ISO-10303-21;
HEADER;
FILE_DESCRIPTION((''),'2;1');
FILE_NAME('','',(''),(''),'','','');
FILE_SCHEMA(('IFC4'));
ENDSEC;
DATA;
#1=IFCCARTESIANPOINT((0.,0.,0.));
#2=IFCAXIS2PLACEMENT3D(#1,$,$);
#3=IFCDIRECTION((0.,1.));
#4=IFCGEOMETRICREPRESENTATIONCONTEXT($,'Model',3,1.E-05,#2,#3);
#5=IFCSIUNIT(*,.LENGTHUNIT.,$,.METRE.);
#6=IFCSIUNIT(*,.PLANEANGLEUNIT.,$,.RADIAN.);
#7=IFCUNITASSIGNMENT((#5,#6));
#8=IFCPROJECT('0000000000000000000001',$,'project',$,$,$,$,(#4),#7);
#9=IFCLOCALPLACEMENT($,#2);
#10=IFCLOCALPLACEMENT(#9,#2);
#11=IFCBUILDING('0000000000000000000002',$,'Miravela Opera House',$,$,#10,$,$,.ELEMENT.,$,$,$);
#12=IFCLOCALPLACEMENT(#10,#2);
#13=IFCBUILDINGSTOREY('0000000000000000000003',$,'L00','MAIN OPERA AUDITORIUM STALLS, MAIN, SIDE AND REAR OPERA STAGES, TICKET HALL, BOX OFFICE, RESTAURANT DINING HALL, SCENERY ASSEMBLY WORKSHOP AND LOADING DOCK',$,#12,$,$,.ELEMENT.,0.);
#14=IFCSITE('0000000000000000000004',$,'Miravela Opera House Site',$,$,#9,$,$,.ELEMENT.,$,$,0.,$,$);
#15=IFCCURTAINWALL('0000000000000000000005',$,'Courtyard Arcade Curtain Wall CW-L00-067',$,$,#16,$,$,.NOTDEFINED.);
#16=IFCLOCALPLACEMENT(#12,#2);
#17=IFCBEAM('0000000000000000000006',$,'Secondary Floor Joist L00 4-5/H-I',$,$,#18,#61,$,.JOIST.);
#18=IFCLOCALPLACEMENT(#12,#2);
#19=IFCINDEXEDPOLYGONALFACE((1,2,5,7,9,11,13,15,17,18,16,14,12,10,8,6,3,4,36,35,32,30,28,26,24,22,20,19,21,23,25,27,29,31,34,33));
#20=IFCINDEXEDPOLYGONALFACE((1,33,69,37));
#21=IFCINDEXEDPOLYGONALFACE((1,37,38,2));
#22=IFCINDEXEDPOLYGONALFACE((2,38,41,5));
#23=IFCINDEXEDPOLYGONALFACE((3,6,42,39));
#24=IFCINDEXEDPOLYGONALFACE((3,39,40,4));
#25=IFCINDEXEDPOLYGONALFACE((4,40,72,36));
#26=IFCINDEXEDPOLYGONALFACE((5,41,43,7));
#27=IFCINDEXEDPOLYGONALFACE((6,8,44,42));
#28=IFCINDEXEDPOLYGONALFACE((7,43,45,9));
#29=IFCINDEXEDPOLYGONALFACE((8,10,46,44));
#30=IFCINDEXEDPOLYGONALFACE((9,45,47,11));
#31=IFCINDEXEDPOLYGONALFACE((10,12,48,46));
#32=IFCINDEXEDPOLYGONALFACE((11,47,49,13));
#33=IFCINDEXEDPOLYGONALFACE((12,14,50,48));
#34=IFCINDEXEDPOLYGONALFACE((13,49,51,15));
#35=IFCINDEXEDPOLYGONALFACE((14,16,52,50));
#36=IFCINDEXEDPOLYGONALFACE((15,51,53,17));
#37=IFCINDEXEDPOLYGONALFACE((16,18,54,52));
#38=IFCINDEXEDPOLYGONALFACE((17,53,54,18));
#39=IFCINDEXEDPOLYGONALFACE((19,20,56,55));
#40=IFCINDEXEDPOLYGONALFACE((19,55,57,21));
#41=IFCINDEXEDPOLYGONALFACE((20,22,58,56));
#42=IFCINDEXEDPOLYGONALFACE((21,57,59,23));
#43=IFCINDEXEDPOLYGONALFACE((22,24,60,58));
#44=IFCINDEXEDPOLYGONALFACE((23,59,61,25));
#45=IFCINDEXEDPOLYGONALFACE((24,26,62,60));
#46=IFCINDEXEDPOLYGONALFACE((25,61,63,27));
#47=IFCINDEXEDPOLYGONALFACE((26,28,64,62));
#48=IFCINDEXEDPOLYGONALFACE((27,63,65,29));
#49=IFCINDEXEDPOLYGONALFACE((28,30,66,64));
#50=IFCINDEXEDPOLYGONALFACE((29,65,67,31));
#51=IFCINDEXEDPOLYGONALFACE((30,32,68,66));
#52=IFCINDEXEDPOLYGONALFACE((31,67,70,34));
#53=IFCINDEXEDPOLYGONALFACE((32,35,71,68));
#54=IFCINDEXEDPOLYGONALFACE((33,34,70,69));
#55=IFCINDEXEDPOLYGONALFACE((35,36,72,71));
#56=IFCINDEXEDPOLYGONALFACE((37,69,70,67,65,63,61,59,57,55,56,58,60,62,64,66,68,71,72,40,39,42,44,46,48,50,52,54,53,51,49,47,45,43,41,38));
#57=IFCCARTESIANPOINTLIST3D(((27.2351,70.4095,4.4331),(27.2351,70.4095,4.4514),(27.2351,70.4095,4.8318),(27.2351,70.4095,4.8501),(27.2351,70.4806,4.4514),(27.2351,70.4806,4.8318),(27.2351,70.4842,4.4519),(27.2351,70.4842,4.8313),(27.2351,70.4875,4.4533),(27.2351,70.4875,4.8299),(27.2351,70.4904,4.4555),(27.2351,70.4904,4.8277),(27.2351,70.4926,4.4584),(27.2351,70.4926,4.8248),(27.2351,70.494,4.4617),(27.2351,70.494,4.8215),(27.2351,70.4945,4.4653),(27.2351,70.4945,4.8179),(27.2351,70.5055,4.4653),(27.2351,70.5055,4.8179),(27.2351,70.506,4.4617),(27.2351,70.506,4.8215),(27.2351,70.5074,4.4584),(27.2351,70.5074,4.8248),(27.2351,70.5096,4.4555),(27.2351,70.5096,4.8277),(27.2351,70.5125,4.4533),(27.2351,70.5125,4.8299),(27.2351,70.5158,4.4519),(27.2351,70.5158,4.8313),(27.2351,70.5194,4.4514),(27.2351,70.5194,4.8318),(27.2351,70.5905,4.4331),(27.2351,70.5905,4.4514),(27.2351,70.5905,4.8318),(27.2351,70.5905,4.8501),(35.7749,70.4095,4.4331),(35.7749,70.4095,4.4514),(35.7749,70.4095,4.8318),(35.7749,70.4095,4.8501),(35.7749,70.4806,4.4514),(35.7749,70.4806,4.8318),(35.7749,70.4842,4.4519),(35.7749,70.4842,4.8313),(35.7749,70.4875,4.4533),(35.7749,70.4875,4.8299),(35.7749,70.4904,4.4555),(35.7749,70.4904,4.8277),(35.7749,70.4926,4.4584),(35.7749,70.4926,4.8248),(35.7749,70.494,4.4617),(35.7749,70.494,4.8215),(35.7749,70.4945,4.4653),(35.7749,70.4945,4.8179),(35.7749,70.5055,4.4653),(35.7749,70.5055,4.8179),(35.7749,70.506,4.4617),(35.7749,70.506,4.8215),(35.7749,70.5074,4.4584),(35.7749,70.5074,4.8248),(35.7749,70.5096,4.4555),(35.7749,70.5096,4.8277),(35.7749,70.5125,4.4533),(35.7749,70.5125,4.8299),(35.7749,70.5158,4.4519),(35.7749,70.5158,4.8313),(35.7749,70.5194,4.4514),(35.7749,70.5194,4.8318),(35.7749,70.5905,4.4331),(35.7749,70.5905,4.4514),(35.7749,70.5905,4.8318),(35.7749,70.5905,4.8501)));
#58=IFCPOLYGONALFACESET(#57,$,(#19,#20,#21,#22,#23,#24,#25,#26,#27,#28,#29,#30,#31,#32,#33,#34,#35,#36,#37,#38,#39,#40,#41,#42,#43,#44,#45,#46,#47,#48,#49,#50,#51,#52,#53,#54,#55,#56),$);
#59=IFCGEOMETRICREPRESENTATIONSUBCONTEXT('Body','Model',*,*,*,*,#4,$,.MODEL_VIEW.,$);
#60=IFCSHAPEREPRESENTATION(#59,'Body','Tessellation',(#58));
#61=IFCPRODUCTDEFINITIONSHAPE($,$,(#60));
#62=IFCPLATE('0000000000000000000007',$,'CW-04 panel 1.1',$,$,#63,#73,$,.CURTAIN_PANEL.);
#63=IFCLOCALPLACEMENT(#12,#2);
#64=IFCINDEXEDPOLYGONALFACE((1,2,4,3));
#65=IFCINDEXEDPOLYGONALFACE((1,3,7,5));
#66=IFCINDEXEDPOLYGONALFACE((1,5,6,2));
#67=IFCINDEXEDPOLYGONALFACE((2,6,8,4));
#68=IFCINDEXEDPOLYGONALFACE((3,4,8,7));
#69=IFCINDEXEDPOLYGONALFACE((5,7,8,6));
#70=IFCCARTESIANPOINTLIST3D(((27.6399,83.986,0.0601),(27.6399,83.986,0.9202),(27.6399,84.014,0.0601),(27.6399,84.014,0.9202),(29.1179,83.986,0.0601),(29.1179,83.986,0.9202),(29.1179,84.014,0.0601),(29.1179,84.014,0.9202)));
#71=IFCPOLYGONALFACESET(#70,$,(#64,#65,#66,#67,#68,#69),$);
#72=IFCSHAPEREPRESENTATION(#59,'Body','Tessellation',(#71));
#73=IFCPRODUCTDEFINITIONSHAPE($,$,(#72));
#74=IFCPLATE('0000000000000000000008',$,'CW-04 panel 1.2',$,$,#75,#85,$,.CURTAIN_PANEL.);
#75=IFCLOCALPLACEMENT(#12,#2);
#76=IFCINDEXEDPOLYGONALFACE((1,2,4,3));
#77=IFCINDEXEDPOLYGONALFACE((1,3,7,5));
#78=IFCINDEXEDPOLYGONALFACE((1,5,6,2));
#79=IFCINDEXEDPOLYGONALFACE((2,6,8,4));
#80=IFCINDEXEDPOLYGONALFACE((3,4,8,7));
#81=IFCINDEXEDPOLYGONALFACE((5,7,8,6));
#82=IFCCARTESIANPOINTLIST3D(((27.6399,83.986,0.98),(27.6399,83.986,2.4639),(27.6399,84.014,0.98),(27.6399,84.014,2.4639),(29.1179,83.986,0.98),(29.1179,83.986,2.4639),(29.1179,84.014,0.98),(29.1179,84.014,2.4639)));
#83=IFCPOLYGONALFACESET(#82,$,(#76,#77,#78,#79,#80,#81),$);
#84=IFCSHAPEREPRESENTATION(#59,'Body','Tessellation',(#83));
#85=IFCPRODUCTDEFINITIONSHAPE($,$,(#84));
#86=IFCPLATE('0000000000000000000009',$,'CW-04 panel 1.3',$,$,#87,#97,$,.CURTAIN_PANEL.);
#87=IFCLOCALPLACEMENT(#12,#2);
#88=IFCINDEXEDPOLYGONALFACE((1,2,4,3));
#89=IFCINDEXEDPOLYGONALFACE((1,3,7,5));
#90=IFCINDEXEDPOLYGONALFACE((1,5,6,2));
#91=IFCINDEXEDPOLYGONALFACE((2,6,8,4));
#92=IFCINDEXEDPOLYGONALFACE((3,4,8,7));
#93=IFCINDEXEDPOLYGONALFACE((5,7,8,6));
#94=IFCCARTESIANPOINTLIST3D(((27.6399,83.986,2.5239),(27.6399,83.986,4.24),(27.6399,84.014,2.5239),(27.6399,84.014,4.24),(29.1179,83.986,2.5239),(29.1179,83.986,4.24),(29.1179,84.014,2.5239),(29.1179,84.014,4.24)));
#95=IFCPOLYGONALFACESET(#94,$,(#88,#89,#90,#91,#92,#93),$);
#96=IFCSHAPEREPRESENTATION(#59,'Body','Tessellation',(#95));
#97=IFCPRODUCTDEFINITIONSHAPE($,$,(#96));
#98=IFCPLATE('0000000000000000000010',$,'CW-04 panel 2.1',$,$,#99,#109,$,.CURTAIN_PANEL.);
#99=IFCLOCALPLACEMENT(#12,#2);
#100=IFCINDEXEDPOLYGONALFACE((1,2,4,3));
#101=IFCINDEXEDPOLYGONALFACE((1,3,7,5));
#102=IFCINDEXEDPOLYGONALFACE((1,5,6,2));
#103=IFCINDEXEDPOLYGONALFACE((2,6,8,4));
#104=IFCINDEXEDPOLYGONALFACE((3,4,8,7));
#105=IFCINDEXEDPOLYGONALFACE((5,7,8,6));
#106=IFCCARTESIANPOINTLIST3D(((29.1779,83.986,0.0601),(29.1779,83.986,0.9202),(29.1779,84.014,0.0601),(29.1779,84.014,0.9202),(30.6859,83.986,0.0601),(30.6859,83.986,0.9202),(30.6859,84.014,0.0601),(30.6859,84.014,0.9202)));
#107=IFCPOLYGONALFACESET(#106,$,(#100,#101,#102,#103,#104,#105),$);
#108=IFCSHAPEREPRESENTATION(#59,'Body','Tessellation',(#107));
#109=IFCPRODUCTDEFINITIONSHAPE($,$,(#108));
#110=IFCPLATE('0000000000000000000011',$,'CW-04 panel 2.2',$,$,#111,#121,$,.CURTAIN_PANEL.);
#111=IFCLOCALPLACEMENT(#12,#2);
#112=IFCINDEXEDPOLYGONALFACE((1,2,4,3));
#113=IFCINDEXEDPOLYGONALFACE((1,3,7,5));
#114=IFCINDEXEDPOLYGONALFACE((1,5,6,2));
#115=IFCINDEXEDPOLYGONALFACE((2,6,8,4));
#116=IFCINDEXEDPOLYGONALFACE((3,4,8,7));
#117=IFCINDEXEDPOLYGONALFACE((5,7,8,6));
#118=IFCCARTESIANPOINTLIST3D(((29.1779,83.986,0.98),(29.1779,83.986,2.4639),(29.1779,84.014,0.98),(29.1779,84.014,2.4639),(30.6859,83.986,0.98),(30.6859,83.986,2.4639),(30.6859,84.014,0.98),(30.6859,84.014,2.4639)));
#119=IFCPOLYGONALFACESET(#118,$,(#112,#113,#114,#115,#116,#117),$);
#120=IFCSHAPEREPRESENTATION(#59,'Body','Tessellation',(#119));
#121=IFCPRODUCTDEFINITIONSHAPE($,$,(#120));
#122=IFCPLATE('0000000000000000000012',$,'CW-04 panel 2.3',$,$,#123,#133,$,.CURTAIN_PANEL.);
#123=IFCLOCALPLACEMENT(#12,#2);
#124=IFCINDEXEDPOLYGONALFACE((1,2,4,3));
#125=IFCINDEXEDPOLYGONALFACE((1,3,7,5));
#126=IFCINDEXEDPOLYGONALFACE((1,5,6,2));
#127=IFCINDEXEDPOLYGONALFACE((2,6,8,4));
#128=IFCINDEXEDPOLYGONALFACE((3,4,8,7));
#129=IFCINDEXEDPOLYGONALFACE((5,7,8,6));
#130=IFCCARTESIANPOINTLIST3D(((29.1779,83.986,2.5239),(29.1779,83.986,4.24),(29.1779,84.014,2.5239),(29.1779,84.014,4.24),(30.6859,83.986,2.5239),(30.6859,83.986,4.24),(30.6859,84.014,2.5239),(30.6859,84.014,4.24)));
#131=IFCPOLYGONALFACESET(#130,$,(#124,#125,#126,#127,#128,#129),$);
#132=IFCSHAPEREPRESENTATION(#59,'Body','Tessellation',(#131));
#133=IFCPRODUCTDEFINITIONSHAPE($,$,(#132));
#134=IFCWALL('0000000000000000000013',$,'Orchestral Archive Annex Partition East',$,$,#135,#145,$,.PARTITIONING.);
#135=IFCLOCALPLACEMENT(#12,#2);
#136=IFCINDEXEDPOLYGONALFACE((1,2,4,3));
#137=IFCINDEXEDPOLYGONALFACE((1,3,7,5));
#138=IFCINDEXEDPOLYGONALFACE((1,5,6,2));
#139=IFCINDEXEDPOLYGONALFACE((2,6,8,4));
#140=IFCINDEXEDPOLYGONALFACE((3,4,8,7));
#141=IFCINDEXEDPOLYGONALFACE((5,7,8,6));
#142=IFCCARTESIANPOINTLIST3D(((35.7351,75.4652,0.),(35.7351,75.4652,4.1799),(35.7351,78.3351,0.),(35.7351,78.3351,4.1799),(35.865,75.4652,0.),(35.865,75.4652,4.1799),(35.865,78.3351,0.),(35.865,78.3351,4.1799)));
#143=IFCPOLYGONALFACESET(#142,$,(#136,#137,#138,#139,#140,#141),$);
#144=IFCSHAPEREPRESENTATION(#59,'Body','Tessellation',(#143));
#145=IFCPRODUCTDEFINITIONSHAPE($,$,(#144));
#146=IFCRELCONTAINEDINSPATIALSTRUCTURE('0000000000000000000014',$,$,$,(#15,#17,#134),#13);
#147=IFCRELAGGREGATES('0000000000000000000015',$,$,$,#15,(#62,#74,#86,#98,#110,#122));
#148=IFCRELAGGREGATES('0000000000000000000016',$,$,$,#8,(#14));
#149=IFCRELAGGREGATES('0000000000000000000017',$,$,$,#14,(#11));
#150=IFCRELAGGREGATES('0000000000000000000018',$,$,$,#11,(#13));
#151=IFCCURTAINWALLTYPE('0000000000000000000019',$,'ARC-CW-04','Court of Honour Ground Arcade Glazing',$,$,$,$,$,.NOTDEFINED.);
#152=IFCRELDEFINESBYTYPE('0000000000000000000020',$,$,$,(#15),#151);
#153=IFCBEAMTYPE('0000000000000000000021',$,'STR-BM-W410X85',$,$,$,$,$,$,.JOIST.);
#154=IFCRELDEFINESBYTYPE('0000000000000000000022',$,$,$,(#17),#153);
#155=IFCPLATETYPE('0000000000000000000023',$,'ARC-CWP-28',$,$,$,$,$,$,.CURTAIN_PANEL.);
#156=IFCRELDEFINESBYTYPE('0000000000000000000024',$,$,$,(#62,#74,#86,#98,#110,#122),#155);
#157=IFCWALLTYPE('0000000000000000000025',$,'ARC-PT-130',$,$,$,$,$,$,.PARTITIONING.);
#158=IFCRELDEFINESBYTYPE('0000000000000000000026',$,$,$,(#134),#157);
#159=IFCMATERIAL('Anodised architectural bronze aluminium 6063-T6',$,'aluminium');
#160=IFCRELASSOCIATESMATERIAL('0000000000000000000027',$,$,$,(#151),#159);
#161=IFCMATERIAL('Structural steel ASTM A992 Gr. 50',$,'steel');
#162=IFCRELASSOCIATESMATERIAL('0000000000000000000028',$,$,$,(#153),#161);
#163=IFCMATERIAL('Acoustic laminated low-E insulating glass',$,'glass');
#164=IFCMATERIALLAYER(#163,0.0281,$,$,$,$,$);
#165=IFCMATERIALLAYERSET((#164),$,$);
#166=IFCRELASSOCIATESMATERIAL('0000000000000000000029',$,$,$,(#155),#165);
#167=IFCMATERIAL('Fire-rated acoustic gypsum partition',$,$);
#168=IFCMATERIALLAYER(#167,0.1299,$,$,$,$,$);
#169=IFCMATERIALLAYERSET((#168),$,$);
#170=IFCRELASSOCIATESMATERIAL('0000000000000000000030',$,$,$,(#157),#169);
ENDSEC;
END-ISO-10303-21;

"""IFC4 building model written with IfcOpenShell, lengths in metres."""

from ifc_helpers import new_model, si_unit, direction, frame, frame_2d, origin, origin_2d, place, context, subcontext, project, spatial, rectangle, i_section, extrude, material, layer, layer_set, material_profile, profile_set, type_object, element, aggregate, save


model = new_model("IFC4")

# Units and contexts
model_context = context("Model", 3, precision=1e-05, world=origin(), true_north=direction((0.0, 1.0)))
body_context = subcontext(model_context, "Body", "Model", "MODEL_VIEW")
ifc_project = project(units=[si_unit("LENGTHUNIT", "METRE"), si_unit("PLANEANGLEUNIT", "RADIAN")], contexts=[model_context])

# Site, building, storey
site_placement = place(None, origin())
site = spatial("IfcSite", under=ifc_project, at=site_placement, Name="Miravela Opera House Site", CompositionType="ELEMENT", RefElevation=0.0)
building_placement = place(site_placement, origin())
building = spatial("IfcBuilding", under=site, at=building_placement, Name="Miravela Opera House", CompositionType="ELEMENT")
storey_placement = place(building_placement, origin())
storey = spatial("IfcBuildingStorey", under=building, at=storey_placement, Name="L00", Description="MAIN OPERA AUDITORIUM STALLS, MAIN, SIDE AND REAR OPERA STAGES, TICKET HALL, BOX OFFICE, RESTAURANT DINING HALL, SCENERY ASSEMBLY WORKSHOP AND LOADING DOCK", CompositionType="ELEMENT", Elevation=0.0)

# Curtain wall
ifc_material_1 = material(Name="Anodised architectural bronze aluminium 6063-T6", Category="aluminium")
curtain_wall_type = type_object("IfcCurtainWallType", Name="ARC-CW-04", Description="Court of Honour Ground Arcade Glazing", PredefinedType="NOTDEFINED", material=ifc_material_1)
curtain_wall_placement = place(storey_placement, origin())
curtain_wall = element("IfcCurtainWall", 1, at=curtain_wall_placement, inside=storey, type_object=curtain_wall_type, Name="Courtyard Arcade Curtain Wall CW-L00-067", PredefinedType="NOTDEFINED")

# Beam
ifc_material_2 = material(Name="Structural steel ASTM A992 Gr. 50", Category="steel")
ifc_material_profile_1 = material_profile(ifc_material_2, i_section(OverallWidth=0.1809, OverallDepth=0.417, WebThickness=0.011, FlangeThickness=0.0183, FilletRadius=0.0139, at=origin_2d()), Name="W410X85")
ifc_profile_set_1 = profile_set([ifc_material_profile_1])
beam_type_1 = type_object("IfcBeamType", Name="STR-BM-W410X85", PredefinedType="JOIST", material=ifc_profile_set_1)
beam_1_placement = place(storey_placement, frame((27.2351, 70.5, 4.6416), z_axis=(1.0, 0.0, 0.0), x_axis=(0.0, 1.0, 0.0)))
element("IfcBeam", 2, at=beam_1_placement, inside=storey, type_object=beam_type_1, Name="Secondary Floor Joist L00 4-5/H-I", PredefinedType="JOIST", context=body_context, shape_type="SweptSolid", body=[
    extrude(i_section(OverallWidth=0.1809, OverallDepth=0.417, WebThickness=0.011, FlangeThickness=0.0183, FilletRadius=0.0139, at=origin_2d()), origin(), (0.0, 0.0, 1.0), 8.5398),
])

# Plates
ifc_material_3 = material(Name="Acoustic laminated low-E insulating glass", Category="glass")
ifc_layer_1 = layer(ifc_material_3, 0.0281)
ifc_layer_set_1 = layer_set([ifc_layer_1])
plate_type = type_object("IfcPlateType", Name="ARC-CWP-28", PredefinedType="CURTAIN_PANEL", material=ifc_layer_set_1)
plate_1_placement = place(storey_placement, frame((28.3789, 84.0, 0.0601), z_axis=(0.0, 0.0, 1.0), x_axis=(1.0, 0.0, 0.0)))
plate_1 = element("IfcPlate", 3, at=plate_1_placement, type_object=plate_type, Name="CW-04 panel 1.1", PredefinedType="CURTAIN_PANEL", context=body_context, shape_type="SweptSolid", body=[
    extrude(rectangle(XDim=1.478, YDim=0.0281, at=origin_2d()), origin(), (0.0, 0.0, 1.0), 0.8601),
])
plate_2_placement = place(storey_placement, frame((28.3789, 84.0, 0.98), z_axis=(0.0, 0.0, 1.0), x_axis=(1.0, 0.0, 0.0)))
plate_2 = element("IfcPlate", 4, at=plate_2_placement, type_object=plate_type, Name="CW-04 panel 1.2", PredefinedType="CURTAIN_PANEL", context=body_context, shape_type="SweptSolid", body=[
    extrude(rectangle(XDim=1.478, YDim=0.0281, at=origin_2d()), origin(), (0.0, 0.0, 1.0), 1.4839),
])
plate_3_placement = place(storey_placement, frame((28.3789, 84.0, 2.5239), z_axis=(0.0, 0.0, 1.0), x_axis=(1.0, 0.0, 0.0)))
plate_3 = element("IfcPlate", 5, at=plate_3_placement, type_object=plate_type, Name="CW-04 panel 1.3", PredefinedType="CURTAIN_PANEL", context=body_context, shape_type="SweptSolid", body=[
    extrude(rectangle(XDim=1.478, YDim=0.0281, at=origin_2d()), origin(), (0.0, 0.0, 1.0), 1.7161),
])
plate_4_placement = place(storey_placement, frame((29.9319, 84.0, 0.0601), z_axis=(0.0, 0.0, 1.0), x_axis=(1.0, 0.0, 0.0)))
plate_4 = element("IfcPlate", 6, at=plate_4_placement, type_object=plate_type, Name="CW-04 panel 2.1", PredefinedType="CURTAIN_PANEL", context=body_context, shape_type="SweptSolid", body=[
    extrude(rectangle(XDim=1.5081, YDim=0.0281, at=origin_2d()), origin(), (0.0, 0.0, 1.0), 0.8601),
])
plate_5_placement = place(storey_placement, frame((29.9319, 84.0, 0.98), z_axis=(0.0, 0.0, 1.0), x_axis=(1.0, 0.0, 0.0)))
plate_5 = element("IfcPlate", 7, at=plate_5_placement, type_object=plate_type, Name="CW-04 panel 2.2", PredefinedType="CURTAIN_PANEL", context=body_context, shape_type="SweptSolid", body=[
    extrude(rectangle(XDim=1.5081, YDim=0.0281, at=origin_2d()), origin(), (0.0, 0.0, 1.0), 1.4839),
])
plate_6_placement = place(storey_placement, frame((29.9319, 84.0, 2.5239), z_axis=(0.0, 0.0, 1.0), x_axis=(1.0, 0.0, 0.0)))
plate_6 = element("IfcPlate", 8, at=plate_6_placement, type_object=plate_type, Name="CW-04 panel 2.3", PredefinedType="CURTAIN_PANEL", context=body_context, shape_type="SweptSolid", body=[
    extrude(rectangle(XDim=1.5081, YDim=0.0281, at=origin_2d()), origin(), (0.0, 0.0, 1.0), 1.7161),
])
aggregate(curtain_wall, [plate_1, plate_2, plate_3, plate_4, plate_5, plate_6])

# Wall
ifc_material_4 = material(Name="Fire-rated acoustic gypsum partition")
ifc_layer_2 = layer(ifc_material_4, 0.1299)
ifc_layer_set_2 = layer_set([ifc_layer_2])
wall_type_1 = type_object("IfcWallType", Name="ARC-PT-130", PredefinedType="PARTITIONING", material=ifc_layer_set_2)
wall_1_placement = place(storey_placement, frame((35.8, 75.4651, 0.0), z_axis=(0.0, 0.0, 1.0), x_axis=(0.0, 1.0, 0.0)))
element("IfcWall", 9, at=wall_1_placement, inside=storey, type_object=wall_type_1, Name="Orchestral Archive Annex Partition East", PredefinedType="PARTITIONING", context=body_context, shape_type="SweptSolid", body=[
    extrude(rectangle(XDim=2.8699, YDim=0.1299, at=frame_2d((1.4351, 0.0))), origin(), (0.0, 0.0, 1.0), 4.1799),
])

save(model, "model.ifc")
